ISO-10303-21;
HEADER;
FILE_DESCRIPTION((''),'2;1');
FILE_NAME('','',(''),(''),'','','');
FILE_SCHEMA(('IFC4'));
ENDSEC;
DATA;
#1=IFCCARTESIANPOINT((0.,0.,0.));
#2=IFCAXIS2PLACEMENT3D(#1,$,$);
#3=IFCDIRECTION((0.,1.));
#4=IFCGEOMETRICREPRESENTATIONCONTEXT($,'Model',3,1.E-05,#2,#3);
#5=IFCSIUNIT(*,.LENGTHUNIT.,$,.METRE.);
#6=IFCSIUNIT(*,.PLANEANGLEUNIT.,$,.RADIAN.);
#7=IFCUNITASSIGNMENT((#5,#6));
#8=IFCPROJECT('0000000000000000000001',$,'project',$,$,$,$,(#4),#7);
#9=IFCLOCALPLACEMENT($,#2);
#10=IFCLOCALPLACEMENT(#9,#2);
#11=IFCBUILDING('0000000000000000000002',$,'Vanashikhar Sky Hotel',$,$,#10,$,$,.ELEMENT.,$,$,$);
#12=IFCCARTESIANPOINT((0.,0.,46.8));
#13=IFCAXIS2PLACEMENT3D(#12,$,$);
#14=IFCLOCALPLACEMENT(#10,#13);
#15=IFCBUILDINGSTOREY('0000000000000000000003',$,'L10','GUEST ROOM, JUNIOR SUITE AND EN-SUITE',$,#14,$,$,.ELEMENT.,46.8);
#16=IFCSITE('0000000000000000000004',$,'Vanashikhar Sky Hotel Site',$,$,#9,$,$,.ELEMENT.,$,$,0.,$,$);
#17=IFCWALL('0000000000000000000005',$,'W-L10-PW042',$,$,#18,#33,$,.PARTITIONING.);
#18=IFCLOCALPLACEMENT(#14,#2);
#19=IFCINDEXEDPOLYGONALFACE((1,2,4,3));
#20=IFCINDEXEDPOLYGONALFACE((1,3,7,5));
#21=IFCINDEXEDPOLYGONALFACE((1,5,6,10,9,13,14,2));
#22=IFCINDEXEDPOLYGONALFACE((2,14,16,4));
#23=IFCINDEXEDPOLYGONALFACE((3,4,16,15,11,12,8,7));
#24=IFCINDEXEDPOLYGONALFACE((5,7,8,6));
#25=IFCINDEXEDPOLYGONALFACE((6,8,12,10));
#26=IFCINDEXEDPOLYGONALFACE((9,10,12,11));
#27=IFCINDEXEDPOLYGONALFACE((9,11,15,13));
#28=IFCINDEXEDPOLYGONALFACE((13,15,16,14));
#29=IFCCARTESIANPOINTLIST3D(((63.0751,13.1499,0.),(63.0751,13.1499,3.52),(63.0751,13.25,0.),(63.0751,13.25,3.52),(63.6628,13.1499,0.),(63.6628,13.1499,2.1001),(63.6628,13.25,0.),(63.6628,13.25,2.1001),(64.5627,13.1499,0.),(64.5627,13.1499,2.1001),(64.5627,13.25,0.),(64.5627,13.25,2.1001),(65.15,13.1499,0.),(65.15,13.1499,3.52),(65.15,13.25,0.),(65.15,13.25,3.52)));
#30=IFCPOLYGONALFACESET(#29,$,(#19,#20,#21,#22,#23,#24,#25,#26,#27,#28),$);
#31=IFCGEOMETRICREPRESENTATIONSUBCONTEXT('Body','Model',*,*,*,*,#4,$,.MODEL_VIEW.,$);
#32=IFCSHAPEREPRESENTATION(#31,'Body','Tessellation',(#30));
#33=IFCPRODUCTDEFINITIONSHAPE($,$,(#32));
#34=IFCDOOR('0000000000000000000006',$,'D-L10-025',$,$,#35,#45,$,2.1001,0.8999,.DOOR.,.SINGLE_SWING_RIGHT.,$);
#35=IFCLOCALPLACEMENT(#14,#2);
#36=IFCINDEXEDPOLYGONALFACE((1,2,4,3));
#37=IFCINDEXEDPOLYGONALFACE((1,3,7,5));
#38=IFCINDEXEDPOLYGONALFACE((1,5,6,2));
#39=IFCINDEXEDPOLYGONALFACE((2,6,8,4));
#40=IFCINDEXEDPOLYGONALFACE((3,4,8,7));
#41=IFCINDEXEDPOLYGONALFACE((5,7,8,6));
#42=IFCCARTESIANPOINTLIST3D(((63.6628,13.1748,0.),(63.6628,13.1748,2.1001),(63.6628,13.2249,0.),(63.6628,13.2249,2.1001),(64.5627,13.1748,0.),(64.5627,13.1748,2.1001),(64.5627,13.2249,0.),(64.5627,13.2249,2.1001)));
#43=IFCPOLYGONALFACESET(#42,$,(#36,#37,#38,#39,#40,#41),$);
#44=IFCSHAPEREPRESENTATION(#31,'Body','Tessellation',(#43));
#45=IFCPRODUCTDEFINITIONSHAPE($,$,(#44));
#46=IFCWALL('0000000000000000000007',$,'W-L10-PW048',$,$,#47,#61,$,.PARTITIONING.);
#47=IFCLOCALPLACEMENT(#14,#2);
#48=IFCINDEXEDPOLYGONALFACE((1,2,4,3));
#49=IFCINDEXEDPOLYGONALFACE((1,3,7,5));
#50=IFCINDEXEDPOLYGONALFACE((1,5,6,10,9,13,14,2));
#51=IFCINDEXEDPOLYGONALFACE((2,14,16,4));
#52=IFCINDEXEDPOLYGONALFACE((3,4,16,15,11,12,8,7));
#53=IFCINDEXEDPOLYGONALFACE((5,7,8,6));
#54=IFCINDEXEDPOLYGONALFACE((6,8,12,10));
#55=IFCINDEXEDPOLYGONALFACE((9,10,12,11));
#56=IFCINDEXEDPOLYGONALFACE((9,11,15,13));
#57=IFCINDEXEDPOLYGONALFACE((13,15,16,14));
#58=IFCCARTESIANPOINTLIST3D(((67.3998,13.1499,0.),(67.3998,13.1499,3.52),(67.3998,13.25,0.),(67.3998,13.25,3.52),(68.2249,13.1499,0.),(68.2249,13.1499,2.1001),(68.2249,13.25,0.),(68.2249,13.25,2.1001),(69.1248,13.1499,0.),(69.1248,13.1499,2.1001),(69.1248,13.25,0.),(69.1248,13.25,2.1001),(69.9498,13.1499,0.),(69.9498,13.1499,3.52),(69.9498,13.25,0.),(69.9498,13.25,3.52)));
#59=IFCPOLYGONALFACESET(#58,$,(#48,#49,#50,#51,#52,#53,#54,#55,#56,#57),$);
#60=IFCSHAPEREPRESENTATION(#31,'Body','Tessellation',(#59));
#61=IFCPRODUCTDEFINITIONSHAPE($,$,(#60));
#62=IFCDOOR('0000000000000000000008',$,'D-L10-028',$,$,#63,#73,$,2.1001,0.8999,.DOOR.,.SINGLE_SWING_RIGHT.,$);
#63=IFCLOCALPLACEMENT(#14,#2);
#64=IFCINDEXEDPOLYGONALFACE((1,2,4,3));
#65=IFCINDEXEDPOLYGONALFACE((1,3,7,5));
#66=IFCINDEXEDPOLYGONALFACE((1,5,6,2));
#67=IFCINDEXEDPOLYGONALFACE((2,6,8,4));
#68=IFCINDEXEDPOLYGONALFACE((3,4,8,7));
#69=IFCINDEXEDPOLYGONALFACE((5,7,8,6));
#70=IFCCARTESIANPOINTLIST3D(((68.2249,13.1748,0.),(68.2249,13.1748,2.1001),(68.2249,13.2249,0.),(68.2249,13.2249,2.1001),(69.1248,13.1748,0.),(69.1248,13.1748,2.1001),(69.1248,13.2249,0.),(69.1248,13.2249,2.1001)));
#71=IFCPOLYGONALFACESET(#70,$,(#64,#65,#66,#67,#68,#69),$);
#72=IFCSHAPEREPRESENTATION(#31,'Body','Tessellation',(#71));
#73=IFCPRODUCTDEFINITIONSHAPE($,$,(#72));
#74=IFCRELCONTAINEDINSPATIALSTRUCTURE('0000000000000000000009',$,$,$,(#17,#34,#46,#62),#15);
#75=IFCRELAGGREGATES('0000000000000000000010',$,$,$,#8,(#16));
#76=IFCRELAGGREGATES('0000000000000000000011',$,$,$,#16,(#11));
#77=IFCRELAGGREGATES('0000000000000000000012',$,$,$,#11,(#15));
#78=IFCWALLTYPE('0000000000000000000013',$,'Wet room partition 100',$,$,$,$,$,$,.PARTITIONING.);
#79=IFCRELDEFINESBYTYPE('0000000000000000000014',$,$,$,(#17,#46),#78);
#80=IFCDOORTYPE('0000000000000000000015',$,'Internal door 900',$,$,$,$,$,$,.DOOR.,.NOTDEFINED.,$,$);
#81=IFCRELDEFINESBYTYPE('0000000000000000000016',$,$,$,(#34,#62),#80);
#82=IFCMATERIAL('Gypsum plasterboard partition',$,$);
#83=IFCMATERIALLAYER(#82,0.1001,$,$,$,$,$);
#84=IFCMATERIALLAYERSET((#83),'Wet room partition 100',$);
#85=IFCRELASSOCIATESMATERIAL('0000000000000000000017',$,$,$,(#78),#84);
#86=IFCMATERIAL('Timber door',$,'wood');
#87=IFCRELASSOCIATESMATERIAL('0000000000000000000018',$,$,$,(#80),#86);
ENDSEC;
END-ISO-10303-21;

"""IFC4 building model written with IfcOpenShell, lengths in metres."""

from ifc_helpers import new_model, si_unit, direction, frame, frame_2d, origin, place, context, subcontext, project, spatial, rectangle, extrude, source, transform, mapped, material, layer, layer_set, type_object, element, fill, save


model = new_model("IFC4")

# Units and contexts
model_context = context("Model", 3, precision=1e-05, world=origin(), true_north=direction((0.0, 1.0)))
body_context = subcontext(model_context, "Body", "Model", "MODEL_VIEW")
ifc_project = project(units=[si_unit("LENGTHUNIT", "METRE"), si_unit("PLANEANGLEUNIT", "RADIAN")], contexts=[model_context])

# Site, building, storey
site_placement = place(None, origin())
site = spatial("IfcSite", under=ifc_project, at=site_placement, Name="Vanashikhar Sky Hotel Site", CompositionType="ELEMENT", RefElevation=0.0)
building_placement = place(site_placement, origin())
building = spatial("IfcBuilding", under=site, at=building_placement, Name="Vanashikhar Sky Hotel", CompositionType="ELEMENT")
storey_placement = place(building_placement, frame((0.0, 0.0, 46.8)))
storey = spatial("IfcBuildingStorey", under=building, at=storey_placement, Name="L10", Description="GUEST ROOM, JUNIOR SUITE AND EN-SUITE", CompositionType="ELEMENT", Elevation=46.8)

# Shared definitions
ifc_material_1 = material(Name="Gypsum plasterboard partition")
ifc_layer_1 = layer(ifc_material_1, 0.1001)
ifc_layer_set_1 = layer_set([ifc_layer_1], Name="Wet room partition 100")
wall_type_1 = type_object("IfcWallType", Name="Wet room partition 100", PredefinedType="PARTITIONING", material=ifc_layer_set_1)
shared_shape_1 = source(origin(), body_context, "Body", "SweptSolid", [
    extrude(rectangle(XDim=0.8999, YDim=2.1001, at=frame_2d((0.45, 1.05))), frame((0.0, 0.0601, 0.0), z_axis=(0.0, -1.0, 0.0), x_axis=(1.0, 0.0, 0.0)), (0.0, 0.0, 1.0), 0.1201),
])
ifc_material_2 = material(Name="Timber door", Category="wood")
door_type_1 = type_object("IfcDoorType", Name="Internal door 900", OperationType="NOTDEFINED", PredefinedType="DOOR", material=ifc_material_2)
shared_shape_2 = source(origin(), body_context, "Body", "SweptSolid", [
    extrude(rectangle(XDim=0.8999, YDim=2.1001, at=frame_2d((0.45, 1.05))), frame((0.0, 0.0249, 0.0), z_axis=(0.0, -1.0, 0.0), x_axis=(1.0, 0.0, 0.0)), (0.0, 0.0, 1.0), 0.05),
])

# Walls, openings, doors
shared_shape_3 = source(origin(), body_context, "Body", "SweptSolid", [
    extrude(rectangle(XDim=2.075, YDim=0.1001, at=frame_2d((1.0376, 0.0))), origin(), (0.0, 0.0, 1.0), 3.52),
])
wall_1_placement = place(storey_placement, frame((63.075, 13.2, 0.0), z_axis=(0.0, 0.0, 1.0), x_axis=(1.0, 0.0, 0.0)))
wall_1 = element("IfcWall", 1, at=wall_1_placement, inside=storey, type_object=wall_type_1, Name="W-L10-PW042", PredefinedType="PARTITIONING", context=body_context, shape_type="MappedRepresentation", body=[
    mapped(shared_shape_3, transform((0.0, 0.0, 0.0), scale=1.0)),
])
opening_1_placement = place(wall_1_placement, frame((0.5879, 0.0, 0.0)))
opening_1 = element("IfcOpeningElement", 2, at=opening_1_placement, cuts=wall_1, PredefinedType="OPENING", context=body_context, shape_type="MappedRepresentation", body=[
    mapped(shared_shape_1, transform((0.0, 0.0, 0.0), scale=1.0)),
])
door_1_placement = place(opening_1_placement, origin())
door_1 = element("IfcDoor", 3, at=door_1_placement, inside=storey, type_object=door_type_1, Name="D-L10-025", OperationType="SINGLE_SWING_RIGHT", OverallHeight=2.1001, OverallWidth=0.8999, PredefinedType="DOOR", context=body_context, shape_type="MappedRepresentation", body=[
    mapped(shared_shape_2, transform((0.0, 0.0, 0.0), scale=1.0)),
])
fill(opening_1, door_1)
shared_shape_4 = source(origin(), body_context, "Body", "SweptSolid", [
    extrude(rectangle(XDim=2.55, YDim=0.1001, at=frame_2d((1.2749, 0.0))), origin(), (0.0, 0.0, 1.0), 3.52),
])
wall_2_placement = place(storey_placement, frame((67.3999, 13.2, 0.0), z_axis=(0.0, 0.0, 1.0), x_axis=(1.0, 0.0, 0.0)))
wall_2 = element("IfcWall", 4, at=wall_2_placement, inside=storey, type_object=wall_type_1, Name="W-L10-PW048", PredefinedType="PARTITIONING", context=body_context, shape_type="MappedRepresentation", body=[
    mapped(shared_shape_4, transform((0.0, 0.0, 0.0), scale=1.0)),
])
opening_2_placement = place(wall_2_placement, frame((0.825, 0.0, 0.0)))
opening_2 = element("IfcOpeningElement", 5, at=opening_2_placement, cuts=wall_2, PredefinedType="OPENING", context=body_context, shape_type="MappedRepresentation", body=[
    mapped(shared_shape_1, transform((0.0, 0.0, 0.0), scale=1.0)),
])
door_2_placement = place(opening_2_placement, origin())
door_2 = element("IfcDoor", 6, at=door_2_placement, inside=storey, type_object=door_type_1, Name="D-L10-028", OperationType="SINGLE_SWING_RIGHT", OverallHeight=2.1001, OverallWidth=0.8999, PredefinedType="DOOR", context=body_context, shape_type="MappedRepresentation", body=[
    mapped(shared_shape_2, transform((0.0, 0.0, 0.0), scale=1.0)),
])
fill(opening_2, door_2)

save(model, "model.ifc")
